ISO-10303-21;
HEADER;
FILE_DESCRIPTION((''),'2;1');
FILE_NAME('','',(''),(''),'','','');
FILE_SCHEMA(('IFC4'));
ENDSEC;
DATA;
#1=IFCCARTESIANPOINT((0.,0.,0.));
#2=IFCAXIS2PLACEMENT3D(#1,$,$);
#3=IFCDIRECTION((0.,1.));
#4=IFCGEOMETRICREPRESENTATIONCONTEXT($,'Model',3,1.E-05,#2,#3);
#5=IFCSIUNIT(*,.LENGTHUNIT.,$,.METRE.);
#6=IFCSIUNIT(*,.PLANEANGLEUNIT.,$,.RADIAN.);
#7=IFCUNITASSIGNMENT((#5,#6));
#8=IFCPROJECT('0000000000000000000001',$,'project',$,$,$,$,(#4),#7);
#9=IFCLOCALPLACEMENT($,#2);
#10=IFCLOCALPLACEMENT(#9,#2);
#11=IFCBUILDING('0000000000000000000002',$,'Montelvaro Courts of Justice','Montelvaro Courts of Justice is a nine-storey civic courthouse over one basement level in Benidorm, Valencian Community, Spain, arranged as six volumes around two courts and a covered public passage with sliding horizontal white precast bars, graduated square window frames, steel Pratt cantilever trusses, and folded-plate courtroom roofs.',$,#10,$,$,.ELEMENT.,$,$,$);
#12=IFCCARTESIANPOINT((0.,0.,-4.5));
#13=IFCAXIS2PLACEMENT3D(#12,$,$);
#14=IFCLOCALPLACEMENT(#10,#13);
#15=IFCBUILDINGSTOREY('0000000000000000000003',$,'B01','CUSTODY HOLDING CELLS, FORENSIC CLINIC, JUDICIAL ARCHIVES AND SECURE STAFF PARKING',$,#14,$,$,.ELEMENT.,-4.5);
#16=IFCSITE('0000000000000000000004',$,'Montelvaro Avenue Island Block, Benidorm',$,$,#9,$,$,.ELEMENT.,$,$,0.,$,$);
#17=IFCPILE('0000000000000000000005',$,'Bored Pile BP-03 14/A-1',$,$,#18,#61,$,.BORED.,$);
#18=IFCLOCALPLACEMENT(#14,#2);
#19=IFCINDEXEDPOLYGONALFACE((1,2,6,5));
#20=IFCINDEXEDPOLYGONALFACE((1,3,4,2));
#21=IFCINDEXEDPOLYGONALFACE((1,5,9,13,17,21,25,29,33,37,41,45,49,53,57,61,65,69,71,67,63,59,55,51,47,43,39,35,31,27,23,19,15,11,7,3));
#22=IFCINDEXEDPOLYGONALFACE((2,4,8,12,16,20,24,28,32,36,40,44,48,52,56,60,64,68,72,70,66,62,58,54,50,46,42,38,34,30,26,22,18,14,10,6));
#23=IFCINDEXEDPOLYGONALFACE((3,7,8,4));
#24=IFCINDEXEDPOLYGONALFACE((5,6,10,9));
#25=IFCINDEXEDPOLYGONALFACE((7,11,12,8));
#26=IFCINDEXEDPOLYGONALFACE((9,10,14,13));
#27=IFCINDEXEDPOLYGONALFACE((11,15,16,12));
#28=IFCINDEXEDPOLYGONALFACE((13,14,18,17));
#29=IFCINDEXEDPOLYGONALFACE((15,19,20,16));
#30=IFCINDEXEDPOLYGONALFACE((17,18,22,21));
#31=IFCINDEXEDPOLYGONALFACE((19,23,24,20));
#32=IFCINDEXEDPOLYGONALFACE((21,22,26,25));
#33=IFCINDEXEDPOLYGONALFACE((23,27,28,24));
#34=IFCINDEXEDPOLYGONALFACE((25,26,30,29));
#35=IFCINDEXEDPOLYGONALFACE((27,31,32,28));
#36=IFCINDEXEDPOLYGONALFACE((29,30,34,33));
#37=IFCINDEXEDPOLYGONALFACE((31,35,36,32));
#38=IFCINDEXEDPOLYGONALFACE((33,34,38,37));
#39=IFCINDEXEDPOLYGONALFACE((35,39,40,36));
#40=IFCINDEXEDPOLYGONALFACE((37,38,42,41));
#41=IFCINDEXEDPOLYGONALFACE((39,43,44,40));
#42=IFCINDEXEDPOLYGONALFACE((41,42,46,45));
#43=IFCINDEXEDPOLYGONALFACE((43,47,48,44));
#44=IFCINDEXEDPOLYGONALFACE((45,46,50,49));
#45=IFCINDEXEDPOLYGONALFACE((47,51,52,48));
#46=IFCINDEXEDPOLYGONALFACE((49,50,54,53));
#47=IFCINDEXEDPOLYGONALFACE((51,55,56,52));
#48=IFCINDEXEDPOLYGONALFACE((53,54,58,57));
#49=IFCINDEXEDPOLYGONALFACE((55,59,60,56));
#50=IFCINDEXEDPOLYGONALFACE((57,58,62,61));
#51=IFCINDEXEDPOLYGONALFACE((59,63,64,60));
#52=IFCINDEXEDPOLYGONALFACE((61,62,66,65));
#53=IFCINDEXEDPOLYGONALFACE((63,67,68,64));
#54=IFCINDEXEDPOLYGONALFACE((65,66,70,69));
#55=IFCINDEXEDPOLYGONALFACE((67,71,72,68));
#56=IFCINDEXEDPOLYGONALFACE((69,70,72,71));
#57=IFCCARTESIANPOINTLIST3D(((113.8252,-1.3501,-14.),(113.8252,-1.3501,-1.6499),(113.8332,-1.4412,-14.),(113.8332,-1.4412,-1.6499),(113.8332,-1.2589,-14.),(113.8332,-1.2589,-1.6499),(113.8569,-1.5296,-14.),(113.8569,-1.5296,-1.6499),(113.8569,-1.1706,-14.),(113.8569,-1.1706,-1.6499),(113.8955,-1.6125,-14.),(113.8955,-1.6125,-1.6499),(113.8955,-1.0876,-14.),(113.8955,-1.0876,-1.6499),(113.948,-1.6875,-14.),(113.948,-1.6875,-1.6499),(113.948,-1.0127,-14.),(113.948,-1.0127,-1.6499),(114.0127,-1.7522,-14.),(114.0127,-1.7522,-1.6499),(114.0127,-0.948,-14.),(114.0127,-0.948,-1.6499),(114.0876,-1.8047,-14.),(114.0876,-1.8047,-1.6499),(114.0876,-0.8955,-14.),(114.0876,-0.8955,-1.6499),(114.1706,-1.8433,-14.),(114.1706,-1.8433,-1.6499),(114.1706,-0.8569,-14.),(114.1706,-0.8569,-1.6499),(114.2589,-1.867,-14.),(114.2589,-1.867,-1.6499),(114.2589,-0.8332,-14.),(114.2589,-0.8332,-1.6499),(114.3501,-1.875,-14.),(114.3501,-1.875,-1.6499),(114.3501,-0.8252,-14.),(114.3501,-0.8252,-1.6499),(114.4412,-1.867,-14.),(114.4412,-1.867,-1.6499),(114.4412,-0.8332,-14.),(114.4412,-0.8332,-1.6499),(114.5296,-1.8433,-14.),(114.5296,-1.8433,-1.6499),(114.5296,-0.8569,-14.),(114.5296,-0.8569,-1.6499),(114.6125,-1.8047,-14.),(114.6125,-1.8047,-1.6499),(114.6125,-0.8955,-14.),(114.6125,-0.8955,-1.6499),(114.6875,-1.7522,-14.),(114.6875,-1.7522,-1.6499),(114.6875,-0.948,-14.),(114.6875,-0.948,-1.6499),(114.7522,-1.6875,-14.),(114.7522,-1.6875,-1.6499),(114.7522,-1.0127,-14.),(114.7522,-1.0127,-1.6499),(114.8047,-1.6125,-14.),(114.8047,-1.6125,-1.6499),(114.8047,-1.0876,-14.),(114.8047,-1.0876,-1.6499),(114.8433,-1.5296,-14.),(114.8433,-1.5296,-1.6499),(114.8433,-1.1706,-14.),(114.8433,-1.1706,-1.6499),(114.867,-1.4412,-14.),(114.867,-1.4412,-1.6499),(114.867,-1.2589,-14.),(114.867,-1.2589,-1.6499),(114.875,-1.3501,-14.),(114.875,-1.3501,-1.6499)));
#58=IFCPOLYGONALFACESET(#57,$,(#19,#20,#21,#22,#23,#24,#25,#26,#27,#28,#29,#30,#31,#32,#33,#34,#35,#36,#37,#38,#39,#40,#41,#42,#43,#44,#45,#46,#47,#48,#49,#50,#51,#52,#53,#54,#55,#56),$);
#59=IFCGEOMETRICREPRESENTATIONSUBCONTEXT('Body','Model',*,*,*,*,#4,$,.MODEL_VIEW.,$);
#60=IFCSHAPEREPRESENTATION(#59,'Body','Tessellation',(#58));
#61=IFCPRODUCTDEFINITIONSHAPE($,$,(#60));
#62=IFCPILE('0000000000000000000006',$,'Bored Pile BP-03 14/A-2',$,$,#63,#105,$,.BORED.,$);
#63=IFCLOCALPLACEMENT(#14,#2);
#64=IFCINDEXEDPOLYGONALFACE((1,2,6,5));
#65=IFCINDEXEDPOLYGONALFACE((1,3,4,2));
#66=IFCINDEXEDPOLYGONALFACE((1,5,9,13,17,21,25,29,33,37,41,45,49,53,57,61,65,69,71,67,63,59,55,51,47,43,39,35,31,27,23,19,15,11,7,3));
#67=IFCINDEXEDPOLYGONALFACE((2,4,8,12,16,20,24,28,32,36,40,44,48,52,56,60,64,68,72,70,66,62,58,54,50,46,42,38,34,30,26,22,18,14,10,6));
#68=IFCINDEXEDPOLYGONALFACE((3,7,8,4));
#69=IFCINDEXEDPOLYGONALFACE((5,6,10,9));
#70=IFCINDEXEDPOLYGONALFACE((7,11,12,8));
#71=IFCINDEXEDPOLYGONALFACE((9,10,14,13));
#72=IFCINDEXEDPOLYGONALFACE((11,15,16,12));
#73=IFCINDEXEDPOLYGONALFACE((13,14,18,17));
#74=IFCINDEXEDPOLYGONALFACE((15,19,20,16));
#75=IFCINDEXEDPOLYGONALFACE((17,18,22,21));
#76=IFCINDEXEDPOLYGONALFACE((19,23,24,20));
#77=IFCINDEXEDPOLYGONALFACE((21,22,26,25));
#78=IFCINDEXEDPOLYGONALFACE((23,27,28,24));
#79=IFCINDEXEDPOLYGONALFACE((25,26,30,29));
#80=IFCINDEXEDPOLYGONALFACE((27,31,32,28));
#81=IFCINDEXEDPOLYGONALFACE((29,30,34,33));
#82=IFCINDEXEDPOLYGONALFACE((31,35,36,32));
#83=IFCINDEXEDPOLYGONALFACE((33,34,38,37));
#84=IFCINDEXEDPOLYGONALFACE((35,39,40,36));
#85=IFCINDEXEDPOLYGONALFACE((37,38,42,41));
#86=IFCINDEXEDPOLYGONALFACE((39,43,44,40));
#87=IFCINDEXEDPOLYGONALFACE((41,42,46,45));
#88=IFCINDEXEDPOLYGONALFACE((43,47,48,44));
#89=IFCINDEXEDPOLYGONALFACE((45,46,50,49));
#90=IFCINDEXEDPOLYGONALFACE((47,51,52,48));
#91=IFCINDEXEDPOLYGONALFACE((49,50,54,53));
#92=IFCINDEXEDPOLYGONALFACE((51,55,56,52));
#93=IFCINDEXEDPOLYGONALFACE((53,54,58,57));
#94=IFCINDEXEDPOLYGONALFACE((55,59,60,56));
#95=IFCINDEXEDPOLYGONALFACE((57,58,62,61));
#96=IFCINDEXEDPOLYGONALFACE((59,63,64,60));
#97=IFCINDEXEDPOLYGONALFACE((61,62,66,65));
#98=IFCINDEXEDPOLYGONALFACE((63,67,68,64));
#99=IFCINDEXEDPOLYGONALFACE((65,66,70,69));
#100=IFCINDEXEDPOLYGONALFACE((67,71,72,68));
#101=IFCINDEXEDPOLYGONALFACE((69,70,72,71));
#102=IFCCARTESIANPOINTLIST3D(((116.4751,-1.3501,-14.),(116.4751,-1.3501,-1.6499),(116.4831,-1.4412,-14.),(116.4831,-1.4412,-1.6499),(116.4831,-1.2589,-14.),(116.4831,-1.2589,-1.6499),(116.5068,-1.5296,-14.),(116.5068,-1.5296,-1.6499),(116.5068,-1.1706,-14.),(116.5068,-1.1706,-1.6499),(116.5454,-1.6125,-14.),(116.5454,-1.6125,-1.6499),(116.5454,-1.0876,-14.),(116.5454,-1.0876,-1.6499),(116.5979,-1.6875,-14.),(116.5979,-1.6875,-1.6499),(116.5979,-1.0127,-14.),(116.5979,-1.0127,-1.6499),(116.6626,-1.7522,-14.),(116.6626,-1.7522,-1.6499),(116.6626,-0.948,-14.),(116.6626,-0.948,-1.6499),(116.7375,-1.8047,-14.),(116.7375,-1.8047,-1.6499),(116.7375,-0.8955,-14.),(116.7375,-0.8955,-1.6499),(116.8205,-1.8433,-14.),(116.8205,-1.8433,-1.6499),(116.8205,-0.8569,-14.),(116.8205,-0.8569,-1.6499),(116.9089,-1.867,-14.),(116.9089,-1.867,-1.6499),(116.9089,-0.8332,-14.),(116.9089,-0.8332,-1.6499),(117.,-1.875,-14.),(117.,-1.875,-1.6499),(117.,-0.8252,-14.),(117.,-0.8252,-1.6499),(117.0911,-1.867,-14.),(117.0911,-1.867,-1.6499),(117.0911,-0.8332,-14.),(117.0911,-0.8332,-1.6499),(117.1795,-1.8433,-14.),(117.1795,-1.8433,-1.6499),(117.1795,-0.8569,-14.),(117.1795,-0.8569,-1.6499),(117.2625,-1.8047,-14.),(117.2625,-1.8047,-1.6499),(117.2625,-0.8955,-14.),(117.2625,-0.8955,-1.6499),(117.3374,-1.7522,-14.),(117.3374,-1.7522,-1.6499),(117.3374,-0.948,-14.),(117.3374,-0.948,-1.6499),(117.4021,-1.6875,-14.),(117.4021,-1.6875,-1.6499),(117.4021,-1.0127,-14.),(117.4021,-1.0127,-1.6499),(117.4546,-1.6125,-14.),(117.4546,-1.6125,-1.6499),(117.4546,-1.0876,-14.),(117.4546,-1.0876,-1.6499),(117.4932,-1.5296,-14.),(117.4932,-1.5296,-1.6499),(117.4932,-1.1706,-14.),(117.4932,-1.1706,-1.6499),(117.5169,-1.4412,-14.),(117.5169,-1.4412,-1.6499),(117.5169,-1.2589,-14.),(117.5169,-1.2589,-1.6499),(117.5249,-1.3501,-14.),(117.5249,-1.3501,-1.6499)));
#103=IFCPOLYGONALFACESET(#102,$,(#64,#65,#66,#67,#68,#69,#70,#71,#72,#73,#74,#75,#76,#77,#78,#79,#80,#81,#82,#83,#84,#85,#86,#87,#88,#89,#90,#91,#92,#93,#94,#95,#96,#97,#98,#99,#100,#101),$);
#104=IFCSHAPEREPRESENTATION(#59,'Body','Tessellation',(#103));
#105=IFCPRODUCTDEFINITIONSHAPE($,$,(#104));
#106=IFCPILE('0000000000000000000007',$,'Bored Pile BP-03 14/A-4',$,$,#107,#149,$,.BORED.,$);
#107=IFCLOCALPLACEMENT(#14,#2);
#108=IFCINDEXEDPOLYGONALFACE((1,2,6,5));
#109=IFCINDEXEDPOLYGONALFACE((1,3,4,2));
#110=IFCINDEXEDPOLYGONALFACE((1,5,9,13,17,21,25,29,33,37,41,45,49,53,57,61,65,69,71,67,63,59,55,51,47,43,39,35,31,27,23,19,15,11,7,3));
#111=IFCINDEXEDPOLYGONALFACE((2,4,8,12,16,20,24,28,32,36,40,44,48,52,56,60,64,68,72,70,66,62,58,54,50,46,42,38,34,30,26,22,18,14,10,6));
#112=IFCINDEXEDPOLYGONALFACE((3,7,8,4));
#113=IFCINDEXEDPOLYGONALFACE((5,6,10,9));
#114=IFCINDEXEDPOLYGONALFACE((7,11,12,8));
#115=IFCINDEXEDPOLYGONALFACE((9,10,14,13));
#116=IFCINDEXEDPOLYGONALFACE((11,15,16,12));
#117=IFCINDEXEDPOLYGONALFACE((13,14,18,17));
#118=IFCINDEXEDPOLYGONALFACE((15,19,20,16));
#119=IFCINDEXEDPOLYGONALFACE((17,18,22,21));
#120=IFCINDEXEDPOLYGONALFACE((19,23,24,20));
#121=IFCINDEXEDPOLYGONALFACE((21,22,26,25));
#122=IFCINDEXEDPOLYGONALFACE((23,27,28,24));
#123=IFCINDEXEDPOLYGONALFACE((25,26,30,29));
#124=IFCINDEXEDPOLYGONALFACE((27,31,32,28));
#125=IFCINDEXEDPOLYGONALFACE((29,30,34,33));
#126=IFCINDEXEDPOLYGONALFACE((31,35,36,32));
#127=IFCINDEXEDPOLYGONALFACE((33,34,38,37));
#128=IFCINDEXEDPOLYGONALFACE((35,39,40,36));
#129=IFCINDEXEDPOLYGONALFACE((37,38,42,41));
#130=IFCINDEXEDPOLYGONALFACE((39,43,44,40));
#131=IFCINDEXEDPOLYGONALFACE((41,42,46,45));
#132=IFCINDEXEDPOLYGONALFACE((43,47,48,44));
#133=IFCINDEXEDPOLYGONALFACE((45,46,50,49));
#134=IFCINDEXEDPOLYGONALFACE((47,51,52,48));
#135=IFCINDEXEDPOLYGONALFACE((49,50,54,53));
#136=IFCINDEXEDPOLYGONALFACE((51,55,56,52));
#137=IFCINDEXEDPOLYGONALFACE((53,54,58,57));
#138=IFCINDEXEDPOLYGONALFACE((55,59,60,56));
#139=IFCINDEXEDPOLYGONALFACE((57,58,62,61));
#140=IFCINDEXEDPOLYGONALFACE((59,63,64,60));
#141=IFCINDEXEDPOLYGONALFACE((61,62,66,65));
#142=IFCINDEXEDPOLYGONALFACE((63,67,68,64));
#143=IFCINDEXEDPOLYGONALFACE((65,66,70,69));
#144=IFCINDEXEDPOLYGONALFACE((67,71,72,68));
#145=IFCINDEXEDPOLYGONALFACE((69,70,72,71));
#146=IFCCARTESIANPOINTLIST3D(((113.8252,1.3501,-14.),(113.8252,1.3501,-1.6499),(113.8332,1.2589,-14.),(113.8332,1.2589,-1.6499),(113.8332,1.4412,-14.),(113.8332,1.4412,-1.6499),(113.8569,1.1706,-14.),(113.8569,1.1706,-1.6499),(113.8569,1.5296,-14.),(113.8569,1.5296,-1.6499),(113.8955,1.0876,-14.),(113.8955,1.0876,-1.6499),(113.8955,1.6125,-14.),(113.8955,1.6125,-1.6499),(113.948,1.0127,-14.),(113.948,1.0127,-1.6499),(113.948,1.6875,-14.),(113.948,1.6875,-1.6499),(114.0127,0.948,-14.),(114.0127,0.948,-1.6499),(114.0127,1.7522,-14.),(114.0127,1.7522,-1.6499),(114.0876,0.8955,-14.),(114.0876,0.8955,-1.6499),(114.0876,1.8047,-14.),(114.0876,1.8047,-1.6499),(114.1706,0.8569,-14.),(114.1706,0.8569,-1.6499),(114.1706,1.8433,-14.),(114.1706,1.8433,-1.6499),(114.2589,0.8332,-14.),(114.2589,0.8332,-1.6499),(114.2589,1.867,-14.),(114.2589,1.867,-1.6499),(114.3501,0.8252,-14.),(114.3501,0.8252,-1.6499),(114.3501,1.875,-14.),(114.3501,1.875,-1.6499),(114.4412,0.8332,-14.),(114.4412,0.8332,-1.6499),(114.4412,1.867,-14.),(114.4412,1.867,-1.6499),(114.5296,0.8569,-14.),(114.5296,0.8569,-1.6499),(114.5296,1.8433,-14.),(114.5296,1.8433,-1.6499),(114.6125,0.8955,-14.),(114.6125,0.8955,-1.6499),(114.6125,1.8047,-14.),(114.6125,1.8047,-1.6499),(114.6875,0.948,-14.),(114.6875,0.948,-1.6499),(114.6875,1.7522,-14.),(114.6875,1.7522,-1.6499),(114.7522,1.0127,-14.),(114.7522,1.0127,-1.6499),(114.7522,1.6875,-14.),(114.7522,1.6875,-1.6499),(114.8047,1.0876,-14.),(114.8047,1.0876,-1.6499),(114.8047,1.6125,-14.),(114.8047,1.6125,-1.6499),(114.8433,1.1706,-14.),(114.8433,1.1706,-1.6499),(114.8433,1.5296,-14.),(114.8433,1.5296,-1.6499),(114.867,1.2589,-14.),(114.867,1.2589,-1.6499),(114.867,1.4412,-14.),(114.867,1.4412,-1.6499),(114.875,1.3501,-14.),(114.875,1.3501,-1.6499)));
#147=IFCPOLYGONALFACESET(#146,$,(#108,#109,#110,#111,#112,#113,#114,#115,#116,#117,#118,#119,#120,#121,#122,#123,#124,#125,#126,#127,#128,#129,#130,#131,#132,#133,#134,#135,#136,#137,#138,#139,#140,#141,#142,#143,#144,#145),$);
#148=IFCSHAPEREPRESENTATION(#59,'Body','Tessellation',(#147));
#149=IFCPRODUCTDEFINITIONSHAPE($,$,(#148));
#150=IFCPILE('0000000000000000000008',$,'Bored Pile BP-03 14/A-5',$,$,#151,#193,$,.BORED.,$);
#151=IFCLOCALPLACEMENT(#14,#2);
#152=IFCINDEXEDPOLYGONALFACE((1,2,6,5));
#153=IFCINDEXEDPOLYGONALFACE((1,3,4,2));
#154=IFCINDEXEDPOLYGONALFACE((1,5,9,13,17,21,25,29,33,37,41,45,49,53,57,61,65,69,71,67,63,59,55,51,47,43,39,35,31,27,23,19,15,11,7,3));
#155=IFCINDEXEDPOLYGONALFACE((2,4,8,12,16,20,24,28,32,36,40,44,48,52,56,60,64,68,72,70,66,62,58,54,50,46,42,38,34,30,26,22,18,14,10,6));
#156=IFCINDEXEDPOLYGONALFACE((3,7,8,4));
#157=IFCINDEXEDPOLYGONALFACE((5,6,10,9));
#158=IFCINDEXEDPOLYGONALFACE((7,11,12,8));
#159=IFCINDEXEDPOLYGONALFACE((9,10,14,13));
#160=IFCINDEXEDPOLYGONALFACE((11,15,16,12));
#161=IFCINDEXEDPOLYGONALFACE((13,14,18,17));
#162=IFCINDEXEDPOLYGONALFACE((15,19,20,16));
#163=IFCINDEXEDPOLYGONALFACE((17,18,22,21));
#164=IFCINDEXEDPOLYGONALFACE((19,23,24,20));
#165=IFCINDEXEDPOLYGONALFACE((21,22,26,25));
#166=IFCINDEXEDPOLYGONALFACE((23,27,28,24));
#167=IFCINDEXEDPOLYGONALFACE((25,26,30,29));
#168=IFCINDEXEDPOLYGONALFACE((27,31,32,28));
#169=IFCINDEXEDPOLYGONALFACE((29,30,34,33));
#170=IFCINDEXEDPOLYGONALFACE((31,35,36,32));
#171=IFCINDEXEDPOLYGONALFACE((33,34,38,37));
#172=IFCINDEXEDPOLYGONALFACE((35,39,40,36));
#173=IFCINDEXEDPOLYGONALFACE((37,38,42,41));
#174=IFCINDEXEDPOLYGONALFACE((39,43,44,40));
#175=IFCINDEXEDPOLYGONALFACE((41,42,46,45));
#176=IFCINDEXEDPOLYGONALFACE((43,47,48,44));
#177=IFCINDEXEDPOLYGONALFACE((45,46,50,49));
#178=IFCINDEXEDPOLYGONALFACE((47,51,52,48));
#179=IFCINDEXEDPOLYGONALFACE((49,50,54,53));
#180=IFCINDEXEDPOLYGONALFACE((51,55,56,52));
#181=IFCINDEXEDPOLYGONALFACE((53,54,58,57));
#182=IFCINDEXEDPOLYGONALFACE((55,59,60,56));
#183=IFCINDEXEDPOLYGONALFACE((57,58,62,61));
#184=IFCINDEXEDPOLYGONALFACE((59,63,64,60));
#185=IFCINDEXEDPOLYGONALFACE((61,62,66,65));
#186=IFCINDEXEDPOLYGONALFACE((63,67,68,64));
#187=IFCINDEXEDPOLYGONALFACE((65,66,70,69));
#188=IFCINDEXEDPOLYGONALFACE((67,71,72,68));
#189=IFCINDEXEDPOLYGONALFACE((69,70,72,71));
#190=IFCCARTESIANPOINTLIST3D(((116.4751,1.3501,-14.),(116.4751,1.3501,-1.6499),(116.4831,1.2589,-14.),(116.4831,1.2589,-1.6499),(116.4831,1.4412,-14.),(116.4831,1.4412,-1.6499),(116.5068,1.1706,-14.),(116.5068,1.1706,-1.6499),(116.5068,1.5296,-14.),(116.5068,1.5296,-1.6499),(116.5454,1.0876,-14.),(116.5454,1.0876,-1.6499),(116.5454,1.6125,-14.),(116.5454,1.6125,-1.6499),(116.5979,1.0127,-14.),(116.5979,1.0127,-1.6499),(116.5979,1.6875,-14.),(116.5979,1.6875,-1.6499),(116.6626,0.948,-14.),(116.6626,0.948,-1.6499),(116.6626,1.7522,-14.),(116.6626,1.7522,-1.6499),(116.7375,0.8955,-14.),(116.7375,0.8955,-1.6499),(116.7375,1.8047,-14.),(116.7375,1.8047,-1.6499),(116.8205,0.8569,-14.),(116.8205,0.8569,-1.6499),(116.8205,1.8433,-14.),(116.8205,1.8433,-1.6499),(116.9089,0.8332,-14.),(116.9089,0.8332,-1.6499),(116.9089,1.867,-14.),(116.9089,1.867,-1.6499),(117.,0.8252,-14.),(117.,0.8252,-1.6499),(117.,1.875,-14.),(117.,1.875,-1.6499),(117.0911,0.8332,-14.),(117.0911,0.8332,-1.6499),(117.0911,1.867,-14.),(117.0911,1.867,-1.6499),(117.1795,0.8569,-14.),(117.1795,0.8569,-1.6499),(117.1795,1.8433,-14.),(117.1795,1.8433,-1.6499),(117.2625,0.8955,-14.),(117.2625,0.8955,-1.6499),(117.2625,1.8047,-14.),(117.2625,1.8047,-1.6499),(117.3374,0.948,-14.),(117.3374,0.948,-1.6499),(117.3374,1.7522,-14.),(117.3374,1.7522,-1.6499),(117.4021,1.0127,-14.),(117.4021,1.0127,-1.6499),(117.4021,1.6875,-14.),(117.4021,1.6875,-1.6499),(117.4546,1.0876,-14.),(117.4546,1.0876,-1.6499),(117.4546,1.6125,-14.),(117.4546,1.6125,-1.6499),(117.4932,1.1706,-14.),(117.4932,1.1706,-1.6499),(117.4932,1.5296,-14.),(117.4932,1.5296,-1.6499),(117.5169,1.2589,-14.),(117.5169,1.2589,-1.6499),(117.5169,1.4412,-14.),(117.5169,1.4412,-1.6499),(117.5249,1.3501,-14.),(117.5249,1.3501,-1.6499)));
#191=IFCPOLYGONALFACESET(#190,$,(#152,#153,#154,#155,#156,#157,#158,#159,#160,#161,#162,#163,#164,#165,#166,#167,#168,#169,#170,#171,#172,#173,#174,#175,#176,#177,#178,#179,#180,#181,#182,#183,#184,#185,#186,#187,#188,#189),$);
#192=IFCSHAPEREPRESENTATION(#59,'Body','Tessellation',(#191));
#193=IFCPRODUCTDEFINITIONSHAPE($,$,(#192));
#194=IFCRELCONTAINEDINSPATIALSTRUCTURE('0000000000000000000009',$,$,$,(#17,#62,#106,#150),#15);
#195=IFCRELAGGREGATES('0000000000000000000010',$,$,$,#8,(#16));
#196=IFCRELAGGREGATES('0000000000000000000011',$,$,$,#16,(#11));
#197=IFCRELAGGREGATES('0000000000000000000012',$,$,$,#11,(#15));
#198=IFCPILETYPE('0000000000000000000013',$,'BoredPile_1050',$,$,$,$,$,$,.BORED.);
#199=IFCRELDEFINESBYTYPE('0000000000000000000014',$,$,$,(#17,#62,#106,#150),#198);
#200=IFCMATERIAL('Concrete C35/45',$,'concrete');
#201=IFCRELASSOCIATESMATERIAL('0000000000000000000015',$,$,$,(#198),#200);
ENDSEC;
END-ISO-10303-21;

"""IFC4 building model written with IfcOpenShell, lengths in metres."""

from ifc_helpers import new_model, si_unit, direction, frame, origin, origin_2d, place, context, subcontext, project, spatial, circle, extrude, material, material_profile, profile_set, type_object, element, save


model = new_model("IFC4")

# Units and contexts
model_context = context("Model", 3, precision=1e-05, world=origin(), true_north=direction((0.0, 1.0)))
body_context = subcontext(model_context, "Body", "Model", "MODEL_VIEW")
ifc_project = project(units=[si_unit("LENGTHUNIT", "METRE"), si_unit("PLANEANGLEUNIT", "RADIAN")], contexts=[model_context])

# Site, building, storey
site_placement = place(None, origin())
site = spatial("IfcSite", under=ifc_project, at=site_placement, Name="Montelvaro Avenue Island Block, Benidorm", CompositionType="ELEMENT", RefElevation=0.0)
building_placement = place(site_placement, origin())
building = spatial("IfcBuilding", under=site, at=building_placement, Name="Montelvaro Courts of Justice", Description="Montelvaro Courts of Justice is a nine-storey civic courthouse over one basement level in Benidorm, Valencian Community, Spain, arranged as six volumes around two courts and a covered public passage with sliding horizontal white precast bars, graduated square window frames, steel Pratt cantilever trusses, and folded-plate courtroom roofs.", CompositionType="ELEMENT")
storey_placement = place(building_placement, frame((0.0, 0.0, -4.5)))
storey = spatial("IfcBuildingStorey", under=building, at=storey_placement, Name="B01", Description="CUSTODY HOLDING CELLS, FORENSIC CLINIC, JUDICIAL ARCHIVES AND SECURE STAFF PARKING", CompositionType="ELEMENT", Elevation=-4.5)

# Piles
ifc_material_1 = material(Name="Concrete C35/45", Category="concrete")
ifc_material_profile_1 = material_profile(ifc_material_1, circle(Radius=0.5249, at=origin_2d()), Name="BORED PILE D1050")
ifc_profile_set_1 = profile_set([ifc_material_profile_1], Name="Concrete C35/45")
pile_type_1 = type_object("IfcPileType", Name="BoredPile_1050", PredefinedType="BORED", material=ifc_profile_set_1)
for number, where, z_axis, x_axis, name in (
    (1, (114.3501, -1.3501, -1.6499), (0.0, 0.0, -1.0), (1.0, 0.0, 0.0), "Bored Pile BP-03 14/A-1"),
    (2, (117.0, -1.3501, -1.6499), (0.0, 0.0, -1.0), (1.0, 0.0, 0.0), "Bored Pile BP-03 14/A-2"),
    (3, (114.3501, 1.3501, -1.6499), (0.0, 0.0, -1.0), (1.0, 0.0, 0.0), "Bored Pile BP-03 14/A-4"),
    (4, (117.0, 1.3501, -1.6499), (0.0, 0.0, -1.0), (1.0, 0.0, 0.0), "Bored Pile BP-03 14/A-5"),
):
    element("IfcPile", number, at=place(storey_placement, frame(where, z_axis=z_axis, x_axis=x_axis)), inside=storey, type_object=pile_type_1, Name=name, PredefinedType="BORED", context=body_context, shape_type="SweptSolid", body=[
        extrude(circle(Radius=0.5249, at=origin_2d()), origin(), (0.0, 0.0, 1.0), 12.3501),
    ])

save(model, "model.ifc")
